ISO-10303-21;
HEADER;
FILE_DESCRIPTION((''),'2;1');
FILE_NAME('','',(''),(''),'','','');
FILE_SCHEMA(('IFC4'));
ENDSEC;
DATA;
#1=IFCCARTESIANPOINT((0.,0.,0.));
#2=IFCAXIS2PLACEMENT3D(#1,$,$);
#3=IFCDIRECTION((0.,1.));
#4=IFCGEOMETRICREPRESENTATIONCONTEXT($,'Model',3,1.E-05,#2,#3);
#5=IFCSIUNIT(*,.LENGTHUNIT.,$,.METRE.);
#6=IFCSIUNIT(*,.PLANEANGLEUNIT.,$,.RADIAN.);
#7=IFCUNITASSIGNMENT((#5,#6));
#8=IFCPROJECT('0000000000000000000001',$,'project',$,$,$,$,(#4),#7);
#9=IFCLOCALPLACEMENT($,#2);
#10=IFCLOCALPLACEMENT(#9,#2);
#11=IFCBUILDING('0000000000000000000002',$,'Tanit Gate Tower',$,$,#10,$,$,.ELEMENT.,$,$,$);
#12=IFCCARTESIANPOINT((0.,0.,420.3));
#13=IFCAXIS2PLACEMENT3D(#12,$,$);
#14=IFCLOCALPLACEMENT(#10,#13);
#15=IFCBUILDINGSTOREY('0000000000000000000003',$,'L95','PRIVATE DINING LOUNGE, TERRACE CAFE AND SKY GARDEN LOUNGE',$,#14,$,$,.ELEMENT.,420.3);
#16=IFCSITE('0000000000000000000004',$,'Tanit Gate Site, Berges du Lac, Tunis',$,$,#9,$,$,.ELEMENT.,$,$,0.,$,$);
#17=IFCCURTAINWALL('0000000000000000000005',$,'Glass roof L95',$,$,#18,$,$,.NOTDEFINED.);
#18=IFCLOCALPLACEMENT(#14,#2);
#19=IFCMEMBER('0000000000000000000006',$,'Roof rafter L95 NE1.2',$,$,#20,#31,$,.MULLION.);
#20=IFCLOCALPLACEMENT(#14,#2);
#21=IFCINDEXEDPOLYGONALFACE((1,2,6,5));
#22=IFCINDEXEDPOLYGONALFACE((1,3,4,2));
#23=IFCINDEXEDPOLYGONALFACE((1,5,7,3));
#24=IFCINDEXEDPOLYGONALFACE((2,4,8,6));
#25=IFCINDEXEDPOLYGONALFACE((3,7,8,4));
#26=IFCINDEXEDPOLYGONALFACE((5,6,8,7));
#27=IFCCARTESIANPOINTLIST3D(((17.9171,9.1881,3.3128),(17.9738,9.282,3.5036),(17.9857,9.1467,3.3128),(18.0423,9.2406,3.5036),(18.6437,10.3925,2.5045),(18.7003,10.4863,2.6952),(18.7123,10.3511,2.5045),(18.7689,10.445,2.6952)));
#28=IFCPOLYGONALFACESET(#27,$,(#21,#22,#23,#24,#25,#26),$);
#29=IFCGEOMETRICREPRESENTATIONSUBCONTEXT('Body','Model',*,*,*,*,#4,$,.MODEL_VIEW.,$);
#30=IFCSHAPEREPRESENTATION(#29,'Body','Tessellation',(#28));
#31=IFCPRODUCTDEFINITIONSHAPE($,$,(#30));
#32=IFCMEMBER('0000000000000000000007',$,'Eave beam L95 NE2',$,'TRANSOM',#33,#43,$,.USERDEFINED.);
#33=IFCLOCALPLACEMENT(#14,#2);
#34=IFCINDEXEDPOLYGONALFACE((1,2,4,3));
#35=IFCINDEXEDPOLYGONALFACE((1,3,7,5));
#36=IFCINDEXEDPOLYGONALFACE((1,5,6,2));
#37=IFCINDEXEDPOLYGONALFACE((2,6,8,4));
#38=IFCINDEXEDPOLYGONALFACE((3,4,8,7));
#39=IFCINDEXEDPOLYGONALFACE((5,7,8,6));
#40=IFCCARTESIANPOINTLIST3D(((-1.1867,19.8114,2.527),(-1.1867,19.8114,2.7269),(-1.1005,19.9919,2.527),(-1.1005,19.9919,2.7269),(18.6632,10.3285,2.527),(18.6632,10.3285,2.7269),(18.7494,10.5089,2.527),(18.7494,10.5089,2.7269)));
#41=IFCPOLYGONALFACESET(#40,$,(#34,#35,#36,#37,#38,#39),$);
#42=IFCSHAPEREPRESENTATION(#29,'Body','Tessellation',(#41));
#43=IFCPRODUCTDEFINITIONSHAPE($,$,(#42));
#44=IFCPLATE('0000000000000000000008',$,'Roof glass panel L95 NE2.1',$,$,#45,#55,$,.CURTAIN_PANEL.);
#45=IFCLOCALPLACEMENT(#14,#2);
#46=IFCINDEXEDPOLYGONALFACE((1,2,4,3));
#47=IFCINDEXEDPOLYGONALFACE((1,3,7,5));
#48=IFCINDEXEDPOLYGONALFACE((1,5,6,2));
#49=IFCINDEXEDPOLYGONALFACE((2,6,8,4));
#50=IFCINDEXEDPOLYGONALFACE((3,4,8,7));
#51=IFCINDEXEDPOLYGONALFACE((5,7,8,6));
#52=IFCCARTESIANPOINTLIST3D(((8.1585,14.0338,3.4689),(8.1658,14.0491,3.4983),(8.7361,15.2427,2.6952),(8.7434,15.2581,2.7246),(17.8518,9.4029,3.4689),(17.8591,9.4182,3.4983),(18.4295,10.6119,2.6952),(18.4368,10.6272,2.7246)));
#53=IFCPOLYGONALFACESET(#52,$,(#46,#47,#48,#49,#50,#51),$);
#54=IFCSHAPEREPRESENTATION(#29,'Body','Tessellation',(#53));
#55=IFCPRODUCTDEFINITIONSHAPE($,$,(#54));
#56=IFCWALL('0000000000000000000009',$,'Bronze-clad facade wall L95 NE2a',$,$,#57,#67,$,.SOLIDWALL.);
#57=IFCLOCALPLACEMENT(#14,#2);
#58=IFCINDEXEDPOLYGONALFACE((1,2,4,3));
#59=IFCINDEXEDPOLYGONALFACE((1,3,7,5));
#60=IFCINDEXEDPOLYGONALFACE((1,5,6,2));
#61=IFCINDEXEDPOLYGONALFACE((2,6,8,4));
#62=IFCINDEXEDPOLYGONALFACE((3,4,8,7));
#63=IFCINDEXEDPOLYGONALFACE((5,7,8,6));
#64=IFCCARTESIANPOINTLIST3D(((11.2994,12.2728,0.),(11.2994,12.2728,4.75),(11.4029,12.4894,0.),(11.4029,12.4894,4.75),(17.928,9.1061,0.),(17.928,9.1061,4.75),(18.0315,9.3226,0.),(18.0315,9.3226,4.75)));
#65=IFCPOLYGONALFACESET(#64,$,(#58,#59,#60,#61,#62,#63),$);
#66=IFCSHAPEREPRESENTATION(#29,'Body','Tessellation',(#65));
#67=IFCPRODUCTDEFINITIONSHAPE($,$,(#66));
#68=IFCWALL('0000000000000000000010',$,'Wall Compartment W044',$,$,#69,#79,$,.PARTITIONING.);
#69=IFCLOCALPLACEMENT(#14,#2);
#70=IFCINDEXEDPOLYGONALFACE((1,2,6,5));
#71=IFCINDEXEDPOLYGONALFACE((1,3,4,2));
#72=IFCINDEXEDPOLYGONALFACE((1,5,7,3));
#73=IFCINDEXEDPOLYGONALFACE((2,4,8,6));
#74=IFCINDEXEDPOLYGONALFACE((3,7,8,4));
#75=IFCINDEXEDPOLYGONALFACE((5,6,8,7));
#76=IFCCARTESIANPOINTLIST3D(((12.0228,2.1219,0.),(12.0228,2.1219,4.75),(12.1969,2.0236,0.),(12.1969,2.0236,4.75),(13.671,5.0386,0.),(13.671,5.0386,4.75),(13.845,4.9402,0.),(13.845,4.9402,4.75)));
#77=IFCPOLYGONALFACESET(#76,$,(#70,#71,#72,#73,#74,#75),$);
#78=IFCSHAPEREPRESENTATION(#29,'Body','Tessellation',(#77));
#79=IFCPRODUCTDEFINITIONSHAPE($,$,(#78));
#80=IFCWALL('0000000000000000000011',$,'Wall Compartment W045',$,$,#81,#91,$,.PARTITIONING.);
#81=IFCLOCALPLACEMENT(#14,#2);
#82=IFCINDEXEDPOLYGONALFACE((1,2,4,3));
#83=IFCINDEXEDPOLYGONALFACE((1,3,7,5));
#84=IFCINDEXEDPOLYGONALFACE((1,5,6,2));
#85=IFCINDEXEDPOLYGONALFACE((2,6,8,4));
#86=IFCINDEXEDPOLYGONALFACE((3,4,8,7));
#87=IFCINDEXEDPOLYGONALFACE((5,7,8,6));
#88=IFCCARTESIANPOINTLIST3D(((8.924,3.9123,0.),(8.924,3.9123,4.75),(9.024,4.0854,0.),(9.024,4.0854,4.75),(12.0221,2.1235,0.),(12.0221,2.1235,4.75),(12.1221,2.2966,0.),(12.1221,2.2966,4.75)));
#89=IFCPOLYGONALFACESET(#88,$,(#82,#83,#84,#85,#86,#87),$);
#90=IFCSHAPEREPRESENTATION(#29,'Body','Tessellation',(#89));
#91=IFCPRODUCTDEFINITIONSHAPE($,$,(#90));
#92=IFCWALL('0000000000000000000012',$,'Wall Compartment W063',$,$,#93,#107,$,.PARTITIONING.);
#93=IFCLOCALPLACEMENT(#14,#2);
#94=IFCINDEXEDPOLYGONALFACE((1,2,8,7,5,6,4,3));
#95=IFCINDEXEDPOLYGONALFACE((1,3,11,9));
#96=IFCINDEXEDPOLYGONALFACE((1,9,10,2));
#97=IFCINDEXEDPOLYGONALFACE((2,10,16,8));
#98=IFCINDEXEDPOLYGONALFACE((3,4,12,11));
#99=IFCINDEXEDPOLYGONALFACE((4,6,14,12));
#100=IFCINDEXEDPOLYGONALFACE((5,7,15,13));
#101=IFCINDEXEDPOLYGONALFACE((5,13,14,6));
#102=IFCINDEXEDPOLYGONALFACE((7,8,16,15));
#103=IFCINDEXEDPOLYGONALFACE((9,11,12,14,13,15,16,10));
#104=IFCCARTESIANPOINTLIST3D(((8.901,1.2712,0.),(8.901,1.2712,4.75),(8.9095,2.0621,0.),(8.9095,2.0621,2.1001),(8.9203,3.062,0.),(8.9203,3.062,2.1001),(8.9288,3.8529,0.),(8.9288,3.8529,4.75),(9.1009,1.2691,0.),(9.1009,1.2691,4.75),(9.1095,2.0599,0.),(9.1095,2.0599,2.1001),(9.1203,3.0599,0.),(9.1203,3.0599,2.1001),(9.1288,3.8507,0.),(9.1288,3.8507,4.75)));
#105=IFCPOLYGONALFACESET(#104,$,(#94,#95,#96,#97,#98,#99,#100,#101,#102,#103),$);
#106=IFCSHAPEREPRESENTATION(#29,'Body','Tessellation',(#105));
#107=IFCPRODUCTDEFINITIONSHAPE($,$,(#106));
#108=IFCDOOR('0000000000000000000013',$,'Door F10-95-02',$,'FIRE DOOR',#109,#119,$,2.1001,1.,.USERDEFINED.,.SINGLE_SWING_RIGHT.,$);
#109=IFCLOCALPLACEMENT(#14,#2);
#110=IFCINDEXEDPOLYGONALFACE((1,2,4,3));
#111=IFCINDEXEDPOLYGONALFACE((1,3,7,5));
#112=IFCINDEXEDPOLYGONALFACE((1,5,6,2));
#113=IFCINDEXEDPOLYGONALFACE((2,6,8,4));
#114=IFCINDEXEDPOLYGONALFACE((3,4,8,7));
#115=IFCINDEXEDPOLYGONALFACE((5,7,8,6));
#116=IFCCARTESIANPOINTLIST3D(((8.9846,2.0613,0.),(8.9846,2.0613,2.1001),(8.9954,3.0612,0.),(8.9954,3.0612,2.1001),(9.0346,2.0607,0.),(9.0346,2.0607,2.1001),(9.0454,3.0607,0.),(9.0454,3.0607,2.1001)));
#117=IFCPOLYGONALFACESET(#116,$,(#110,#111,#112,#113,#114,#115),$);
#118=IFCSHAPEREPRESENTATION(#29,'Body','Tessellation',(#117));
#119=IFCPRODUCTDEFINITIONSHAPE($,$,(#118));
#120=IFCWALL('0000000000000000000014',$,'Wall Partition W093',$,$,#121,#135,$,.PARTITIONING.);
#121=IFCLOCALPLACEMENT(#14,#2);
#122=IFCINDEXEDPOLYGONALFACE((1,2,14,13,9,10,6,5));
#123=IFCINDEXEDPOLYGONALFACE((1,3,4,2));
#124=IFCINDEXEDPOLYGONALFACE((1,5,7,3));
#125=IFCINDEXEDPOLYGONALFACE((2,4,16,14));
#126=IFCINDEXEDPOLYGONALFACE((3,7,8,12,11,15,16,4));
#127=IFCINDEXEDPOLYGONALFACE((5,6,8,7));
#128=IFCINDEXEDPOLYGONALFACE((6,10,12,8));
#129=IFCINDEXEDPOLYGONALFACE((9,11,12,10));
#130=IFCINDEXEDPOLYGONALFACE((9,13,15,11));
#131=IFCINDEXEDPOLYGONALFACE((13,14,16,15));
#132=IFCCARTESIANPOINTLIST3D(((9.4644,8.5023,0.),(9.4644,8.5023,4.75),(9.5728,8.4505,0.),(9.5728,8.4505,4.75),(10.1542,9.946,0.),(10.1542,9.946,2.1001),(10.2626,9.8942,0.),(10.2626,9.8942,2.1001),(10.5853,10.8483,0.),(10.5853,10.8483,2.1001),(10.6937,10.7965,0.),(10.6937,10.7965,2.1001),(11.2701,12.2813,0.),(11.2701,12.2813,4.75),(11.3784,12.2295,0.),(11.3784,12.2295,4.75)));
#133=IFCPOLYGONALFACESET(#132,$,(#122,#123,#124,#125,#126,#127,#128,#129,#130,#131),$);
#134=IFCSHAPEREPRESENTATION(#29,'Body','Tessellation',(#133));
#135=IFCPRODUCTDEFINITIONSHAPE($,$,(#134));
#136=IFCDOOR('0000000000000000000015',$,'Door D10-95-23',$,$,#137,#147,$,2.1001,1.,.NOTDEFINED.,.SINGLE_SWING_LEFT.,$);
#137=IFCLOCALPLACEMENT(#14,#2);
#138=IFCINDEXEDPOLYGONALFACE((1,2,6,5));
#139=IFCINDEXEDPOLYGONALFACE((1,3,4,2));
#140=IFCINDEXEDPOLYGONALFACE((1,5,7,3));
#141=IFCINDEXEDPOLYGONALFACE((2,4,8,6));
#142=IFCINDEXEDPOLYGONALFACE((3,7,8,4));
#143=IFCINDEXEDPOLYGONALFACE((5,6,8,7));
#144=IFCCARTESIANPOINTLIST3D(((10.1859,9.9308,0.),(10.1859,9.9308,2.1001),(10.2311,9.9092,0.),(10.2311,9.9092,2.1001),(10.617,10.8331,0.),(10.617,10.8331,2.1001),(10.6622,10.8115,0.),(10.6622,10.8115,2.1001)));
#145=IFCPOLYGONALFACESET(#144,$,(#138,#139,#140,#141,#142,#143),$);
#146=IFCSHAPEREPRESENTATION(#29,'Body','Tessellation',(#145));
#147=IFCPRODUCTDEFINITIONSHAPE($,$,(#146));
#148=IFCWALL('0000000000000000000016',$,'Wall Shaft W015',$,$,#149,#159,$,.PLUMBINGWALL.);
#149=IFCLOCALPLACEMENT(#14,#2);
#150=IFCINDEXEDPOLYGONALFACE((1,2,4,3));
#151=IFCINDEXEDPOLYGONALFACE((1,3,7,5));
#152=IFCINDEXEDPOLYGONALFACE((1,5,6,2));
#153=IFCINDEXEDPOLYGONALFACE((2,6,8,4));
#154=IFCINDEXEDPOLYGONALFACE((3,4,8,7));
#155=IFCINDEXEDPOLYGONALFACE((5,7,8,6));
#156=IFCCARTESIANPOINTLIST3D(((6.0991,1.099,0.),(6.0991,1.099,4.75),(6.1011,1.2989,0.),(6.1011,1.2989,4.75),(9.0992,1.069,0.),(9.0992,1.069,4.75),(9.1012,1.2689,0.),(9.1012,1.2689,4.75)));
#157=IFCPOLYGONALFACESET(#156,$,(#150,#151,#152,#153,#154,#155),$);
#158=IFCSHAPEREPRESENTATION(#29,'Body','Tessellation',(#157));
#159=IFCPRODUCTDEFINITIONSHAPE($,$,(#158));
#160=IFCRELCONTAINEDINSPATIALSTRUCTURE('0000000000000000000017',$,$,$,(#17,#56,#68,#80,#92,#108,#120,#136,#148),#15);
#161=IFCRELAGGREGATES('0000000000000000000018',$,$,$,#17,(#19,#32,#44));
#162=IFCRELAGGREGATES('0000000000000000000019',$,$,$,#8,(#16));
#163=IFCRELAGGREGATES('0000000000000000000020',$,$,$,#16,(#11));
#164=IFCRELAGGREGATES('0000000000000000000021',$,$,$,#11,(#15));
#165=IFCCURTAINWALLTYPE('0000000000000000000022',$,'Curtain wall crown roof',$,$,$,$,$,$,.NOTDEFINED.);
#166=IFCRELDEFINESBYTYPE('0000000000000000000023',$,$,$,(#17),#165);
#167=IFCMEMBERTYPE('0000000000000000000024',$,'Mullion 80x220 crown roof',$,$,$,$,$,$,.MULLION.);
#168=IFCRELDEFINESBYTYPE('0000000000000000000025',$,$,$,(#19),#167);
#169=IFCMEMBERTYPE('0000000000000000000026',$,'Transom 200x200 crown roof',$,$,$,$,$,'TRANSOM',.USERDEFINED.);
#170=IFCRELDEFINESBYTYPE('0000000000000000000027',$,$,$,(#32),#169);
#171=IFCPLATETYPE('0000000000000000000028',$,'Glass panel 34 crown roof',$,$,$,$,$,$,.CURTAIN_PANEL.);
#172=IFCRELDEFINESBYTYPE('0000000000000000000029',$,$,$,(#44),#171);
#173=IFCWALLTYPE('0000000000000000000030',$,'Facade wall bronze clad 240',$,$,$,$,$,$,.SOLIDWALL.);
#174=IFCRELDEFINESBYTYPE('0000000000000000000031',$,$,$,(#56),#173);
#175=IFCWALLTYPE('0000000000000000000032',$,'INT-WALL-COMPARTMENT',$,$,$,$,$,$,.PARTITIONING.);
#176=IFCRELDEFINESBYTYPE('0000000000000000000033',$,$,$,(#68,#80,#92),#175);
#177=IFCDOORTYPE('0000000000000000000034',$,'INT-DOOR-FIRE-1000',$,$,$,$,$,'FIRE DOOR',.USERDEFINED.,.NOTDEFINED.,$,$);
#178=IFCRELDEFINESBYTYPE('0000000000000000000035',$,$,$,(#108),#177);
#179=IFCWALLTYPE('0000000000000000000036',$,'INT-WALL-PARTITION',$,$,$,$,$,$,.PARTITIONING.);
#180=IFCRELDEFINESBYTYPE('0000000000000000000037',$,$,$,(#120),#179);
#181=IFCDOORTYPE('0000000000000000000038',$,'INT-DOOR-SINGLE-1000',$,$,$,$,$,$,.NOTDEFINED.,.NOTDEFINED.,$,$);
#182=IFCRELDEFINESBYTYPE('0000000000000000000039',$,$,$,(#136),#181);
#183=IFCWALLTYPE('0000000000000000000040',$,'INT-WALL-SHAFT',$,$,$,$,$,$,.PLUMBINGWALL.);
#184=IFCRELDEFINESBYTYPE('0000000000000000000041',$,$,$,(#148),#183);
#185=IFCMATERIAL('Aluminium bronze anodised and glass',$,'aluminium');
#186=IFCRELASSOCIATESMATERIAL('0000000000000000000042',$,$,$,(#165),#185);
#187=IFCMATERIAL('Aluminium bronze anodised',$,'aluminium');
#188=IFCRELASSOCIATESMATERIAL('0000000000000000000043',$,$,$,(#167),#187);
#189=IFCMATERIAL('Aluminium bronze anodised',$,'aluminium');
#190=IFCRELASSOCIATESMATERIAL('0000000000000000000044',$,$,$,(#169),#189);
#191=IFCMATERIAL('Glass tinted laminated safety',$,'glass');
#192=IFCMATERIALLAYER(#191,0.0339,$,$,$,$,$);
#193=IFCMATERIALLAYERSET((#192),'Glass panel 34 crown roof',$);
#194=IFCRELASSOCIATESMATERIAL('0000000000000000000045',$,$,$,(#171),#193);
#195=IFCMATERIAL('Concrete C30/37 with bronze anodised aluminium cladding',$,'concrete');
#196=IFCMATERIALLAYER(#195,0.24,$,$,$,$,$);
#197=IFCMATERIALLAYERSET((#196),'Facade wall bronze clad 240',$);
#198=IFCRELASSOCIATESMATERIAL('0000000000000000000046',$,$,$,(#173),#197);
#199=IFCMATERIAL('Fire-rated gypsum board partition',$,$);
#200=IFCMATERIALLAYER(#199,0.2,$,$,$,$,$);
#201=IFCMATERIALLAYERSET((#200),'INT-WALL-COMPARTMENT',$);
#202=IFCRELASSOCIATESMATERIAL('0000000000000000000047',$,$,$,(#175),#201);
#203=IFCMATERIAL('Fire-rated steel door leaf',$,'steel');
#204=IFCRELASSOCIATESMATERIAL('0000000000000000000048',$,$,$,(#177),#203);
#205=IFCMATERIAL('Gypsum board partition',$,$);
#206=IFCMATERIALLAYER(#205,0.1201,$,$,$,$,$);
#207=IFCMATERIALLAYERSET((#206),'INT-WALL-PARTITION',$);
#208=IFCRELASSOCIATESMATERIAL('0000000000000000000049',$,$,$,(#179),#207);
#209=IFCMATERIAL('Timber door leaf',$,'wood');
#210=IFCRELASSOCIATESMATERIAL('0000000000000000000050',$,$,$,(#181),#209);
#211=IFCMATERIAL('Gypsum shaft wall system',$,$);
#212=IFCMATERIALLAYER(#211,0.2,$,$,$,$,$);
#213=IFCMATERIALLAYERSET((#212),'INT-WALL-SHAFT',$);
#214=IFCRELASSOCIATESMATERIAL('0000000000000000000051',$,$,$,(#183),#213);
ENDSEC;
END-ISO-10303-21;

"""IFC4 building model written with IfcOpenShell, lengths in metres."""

from ifc_helpers import new_model, si_unit, direction, frame, frame_2d, origin, origin_2d, place, context, subcontext, project, spatial, polyline, rectangle, outline, extrude, material, layer, layer_set, material_profile, profile_set, type_object, element, fill, aggregate, save


model = new_model("IFC4")

# Units and contexts
model_context = context("Model", 3, precision=1e-05, world=origin(), true_north=direction((0.0, 1.0)))
body_context = subcontext(model_context, "Body", "Model", "MODEL_VIEW")
ifc_project = project(units=[si_unit("LENGTHUNIT", "METRE"), si_unit("PLANEANGLEUNIT", "RADIAN")], contexts=[model_context])

# Site, building, storey
site_placement = place(None, origin())
site = spatial("IfcSite", under=ifc_project, at=site_placement, Name="Tanit Gate Site, Berges du Lac, Tunis", CompositionType="ELEMENT", RefElevation=0.0)
building_placement = place(site_placement, origin())
building = spatial("IfcBuilding", under=site, at=building_placement, Name="Tanit Gate Tower", CompositionType="ELEMENT")
storey_placement = place(building_placement, frame((0.0, 0.0, 420.3)))
storey = spatial("IfcBuildingStorey", under=building, at=storey_placement, Name="L95", Description="PRIVATE DINING LOUNGE, TERRACE CAFE AND SKY GARDEN LOUNGE", CompositionType="ELEMENT", Elevation=420.3)

# Curtain wall, members, plate
ifc_material_1 = material(Name="Aluminium bronze anodised and glass", Category="aluminium")
curtain_wall_type = type_object("IfcCurtainWallType", Name="Curtain wall crown roof", PredefinedType="NOTDEFINED", material=ifc_material_1)
curtain_wall_placement = place(storey_placement, origin())
curtain_wall = element("IfcCurtainWall", 1, at=curtain_wall_placement, inside=storey, type_object=curtain_wall_type, Name="Glass roof L95", PredefinedType="NOTDEFINED")
ifc_material_2 = material(Name="Aluminium bronze anodised", Category="aluminium")
ifc_material_profile_1 = material_profile(ifc_material_2, rectangle(XDim=0.0801, YDim=0.22, at=origin_2d()), Name="80x220 bronze rafter")
ifc_profile_set_1 = profile_set([ifc_material_profile_1], Name="Aluminium bronze anodised")
member_type_1 = type_object("IfcMemberType", Name="Mullion 80x220 crown roof", PredefinedType="MULLION", material=ifc_profile_set_1)
member_1_placement = place(storey_placement, frame((17.9797, 9.2144, 3.4082), z_axis=(0.447867, 0.742382, -0.498282), x_axis=(-0.85625, 0.516562, 0.0)))
member_1 = element("IfcMember", 2, at=member_1_placement, type_object=member_type_1, Name="Roof rafter L95 NE1.2", PredefinedType="MULLION", context=body_context, shape_type="SweptSolid", body=[
    extrude(rectangle(XDim=0.0801, YDim=0.22, at=origin_2d()), origin(), (0.0, 0.0, 1.0), 1.6223),
])
ifc_material_3 = material(Name="Aluminium bronze anodised", Category="aluminium")
ifc_material_profile_2 = material_profile(ifc_material_3, rectangle(XDim=0.2, YDim=0.2, at=origin_2d()), Name="200x200 bronze transom")
ifc_profile_set_2 = profile_set([ifc_material_profile_2], Name="Aluminium bronze anodised")
member_type_2 = type_object("IfcMemberType", Name="Transom 200x200 crown roof", ElementType="TRANSOM", PredefinedType="USERDEFINED", material=ifc_profile_set_2)
member_2_placement = place(storey_placement, frame((18.7063, 10.4187, 2.627), z_axis=(-0.90232, 0.431067, 0.0), x_axis=(-0.431067, -0.90232, 0.0)))
member_2 = element("IfcMember", 3, at=member_2_placement, type_object=member_type_2, Name="Eave beam L95 NE2", ObjectType="TRANSOM", PredefinedType="USERDEFINED", context=body_context, shape_type="SweptSolid", body=[
    extrude(rectangle(XDim=0.2, YDim=0.2, at=origin_2d()), origin(), (0.0, 0.0, 1.0), 21.9988),
])
ifc_material_4 = material(Name="Glass tinted laminated safety", Category="glass")
ifc_layer_1 = layer(ifc_material_4, 0.0339)
ifc_layer_set_1 = layer_set([ifc_layer_1], Name="Glass panel 34 crown roof")
plate_type = type_object("IfcPlateType", Name="Glass panel 34 crown roof", PredefinedType="CURTAIN_PANEL", material=ifc_layer_set_1)
plate_placement = place(storey_placement, frame((17.8591, 9.4182, 3.4983), z_axis=(0.215555, 0.451201, 0.865999), x_axis=(-0.902319, 0.431069, 0.0)))
plate = element("IfcPlate", 4, at=plate_placement, type_object=plate_type, Name="Roof glass panel L95 NE2.1", PredefinedType="CURTAIN_PANEL", context=body_context, shape_type="SweptSolid", body=[
    extrude(outline(polyline([(0.0, 0.0), (10.7427, 0.0), (10.7427, -1.5472), (-0.0001, -1.5472), (0.0, 0.0)])), origin(), (0.0, 0.0, -1.0), 0.0339),
])
aggregate(curtain_wall, [member_1, member_2, plate])

# Walls
ifc_material_5 = material(Name="Concrete C30/37 with bronze anodised aluminium cladding", Category="concrete")
ifc_layer_2 = layer(ifc_material_5, 0.24)
ifc_layer_set_2 = layer_set([ifc_layer_2], Name="Facade wall bronze clad 240")
wall_type_1 = type_object("IfcWallType", Name="Facade wall bronze clad 240", PredefinedType="SOLIDWALL", material=ifc_layer_set_2)
wall_1_placement = place(storey_placement, frame((17.9797, 9.2144, 0.0), z_axis=(0.0, 0.0, 1.0), x_axis=(-0.902319, 0.43107, 0.0)))
element("IfcWall", 5, at=wall_1_placement, inside=storey, type_object=wall_type_1, Name="Bronze-clad facade wall L95 NE2a", PredefinedType="SOLIDWALL", context=body_context, shape_type="SweptSolid", body=[
    extrude(rectangle(XDim=7.3462, YDim=0.24, at=frame_2d((3.6731, 0.0))), origin(), (0.0, 0.0, 1.0), 4.75),
])
ifc_material_6 = material(Name="Fire-rated gypsum board partition")
ifc_layer_3 = layer(ifc_material_6, 0.2)
ifc_layer_set_3 = layer_set([ifc_layer_3], Name="INT-WALL-COMPARTMENT")
wall_type_2 = type_object("IfcWallType", Name="INT-WALL-COMPARTMENT", PredefinedType="PARTITIONING", material=ifc_layer_set_3)
wall_2_placement = place(storey_placement, frame((12.1099, 2.0728, 0.0), z_axis=(0.0, 0.0, 1.0), x_axis=(0.491966, 0.870614, 0.0)))
element("IfcWall", 6, at=wall_2_placement, inside=storey, type_object=wall_type_2, Name="Wall Compartment W044", PredefinedType="PARTITIONING", context=body_context, shape_type="SweptSolid", body=[
    extrude(rectangle(XDim=3.3501, YDim=0.2, at=frame_2d((1.675, 0.0))), origin(), (0.0, 0.0, 1.0), 4.75),
])
wall_3_placement = place(storey_placement, frame((8.9741, 3.9988, 0.0), z_axis=(0.0, 0.0, 1.0), x_axis=(0.866013, -0.500022, 0.0)))
element("IfcWall", 7, at=wall_3_placement, inside=storey, type_object=wall_type_2, Name="Wall Compartment W045", PredefinedType="PARTITIONING", context=body_context, shape_type="SweptSolid", body=[
    extrude(rectangle(XDim=3.5774, YDim=0.2, at=frame_2d((1.7886, 0.0))), origin(), (0.0, 0.0, 1.0), 4.75),
])

# Walls, openings, doors
wall_4_placement = place(storey_placement, frame((9.001, 1.27, 0.0), z_axis=(0.0, 0.0, 1.0), x_axis=(0.010781, 0.999942, 0.0)))
wall_4 = element("IfcWall", 8, at=wall_4_placement, inside=storey, type_object=wall_type_2, Name="Wall Compartment W063", PredefinedType="PARTITIONING", context=body_context, shape_type="SweptSolid", body=[
    extrude(rectangle(XDim=2.5818, YDim=0.2, at=frame_2d((1.291, 0.0))), origin(), (0.0, 0.0, 1.0), 4.75),
])
opening_1_placement = place(wall_4_placement, frame((0.791, 0.0, 0.0)))
opening_1 = element("IfcOpeningElement", 9, at=opening_1_placement, cuts=wall_4, PredefinedType="OPENING", context=body_context, shape_type="SweptSolid", body=[
    extrude(rectangle(XDim=1.0, YDim=2.1001, at=frame_2d((0.5, 1.05))), frame((0.0, 0.1099, 0.0), z_axis=(0.0, -1.0, 0.0), x_axis=(1.0, 0.0, 0.0)), (0.0, 0.0, 1.0), 0.22),
])
ifc_material_7 = material(Name="Fire-rated steel door leaf", Category="steel")
door_type_1 = type_object("IfcDoorType", Name="INT-DOOR-FIRE-1000", ElementType="FIRE DOOR", OperationType="NOTDEFINED", PredefinedType="USERDEFINED", material=ifc_material_7)
door_1_placement = place(opening_1_placement, origin())
door_1 = element("IfcDoor", 10, at=door_1_placement, inside=storey, type_object=door_type_1, Name="Door F10-95-02", ObjectType="FIRE DOOR", OperationType="SINGLE_SWING_RIGHT", OverallHeight=2.1001, OverallWidth=1.0, PredefinedType="USERDEFINED", context=body_context, shape_type="SweptSolid", body=[
    extrude(rectangle(XDim=1.0, YDim=2.1001, at=frame_2d((0.5, 1.05))), frame((0.0, 0.0249, 0.0), z_axis=(0.0, -1.0, 0.0), x_axis=(1.0, 0.0, 0.0)), (0.0, 0.0, 1.0), 0.05),
])
fill(opening_1, door_1)
ifc_material_8 = material(Name="Gypsum board partition")
ifc_layer_4 = layer(ifc_material_8, 0.1201)
ifc_layer_set_4 = layer_set([ifc_layer_4], Name="INT-WALL-PARTITION")
wall_type_3 = type_object("IfcWallType", Name="INT-WALL-PARTITION", PredefinedType="PARTITIONING", material=ifc_layer_set_4)
wall_5_placement = place(storey_placement, frame((9.5186, 8.4763, 0.0), z_axis=(0.0, 0.0, 1.0), x_axis=(0.431123, 0.902293, 0.0)))
wall_5 = element("IfcWall", 11, at=wall_5_placement, inside=storey, type_object=wall_type_3, Name="Wall Partition W093", PredefinedType="PARTITIONING", context=body_context, shape_type="SweptSolid", body=[
    extrude(rectangle(XDim=4.1882, YDim=0.1201, at=frame_2d((2.0942, 0.0))), origin(), (0.0, 0.0, 1.0), 4.75),
])
opening_2_placement = place(wall_5_placement, frame((1.6001, 0.0, 0.0)))
opening_2 = element("IfcOpeningElement", 12, at=opening_2_placement, cuts=wall_5, PredefinedType="OPENING", context=body_context, shape_type="SweptSolid", body=[
    extrude(rectangle(XDim=1.0, YDim=2.1001, at=frame_2d((0.5, 1.05))), frame((0.0, 0.0701, 0.0), z_axis=(0.0, -1.0, 0.0), x_axis=(1.0, 0.0, 0.0)), (0.0, 0.0, 1.0), 0.1401),
])
ifc_material_9 = material(Name="Timber door leaf", Category="wood")
door_type_2 = type_object("IfcDoorType", Name="INT-DOOR-SINGLE-1000", OperationType="NOTDEFINED", PredefinedType="NOTDEFINED", material=ifc_material_9)
door_2_placement = place(opening_2_placement, origin())
door_2 = element("IfcDoor", 13, at=door_2_placement, inside=storey, type_object=door_type_2, Name="Door D10-95-23", OperationType="SINGLE_SWING_LEFT", OverallHeight=2.1001, OverallWidth=1.0, PredefinedType="NOTDEFINED", context=body_context, shape_type="SweptSolid", body=[
    extrude(rectangle(XDim=1.0, YDim=2.1001, at=frame_2d((0.5, 1.05))), frame((0.0, 0.0249, 0.0), z_axis=(0.0, -1.0, 0.0), x_axis=(1.0, 0.0, 0.0)), (0.0, 0.0, 1.0), 0.05),
])
fill(opening_2, door_2)
ifc_material_10 = material(Name="Gypsum shaft wall system")
ifc_layer_5 = layer(ifc_material_10, 0.2)
ifc_layer_set_5 = layer_set([ifc_layer_5], Name="INT-WALL-SHAFT")
wall_type_4 = type_object("IfcWallType", Name="INT-WALL-SHAFT", PredefinedType="PLUMBINGWALL", material=ifc_layer_set_5)

# Wall
wall_6_placement = place(storey_placement, frame((9.1001, 1.1689, 0.0), z_axis=(0.0, 0.0, 1.0), x_axis=(-0.99995, 0.010009, 0.0)))
element("IfcWall", 14, at=wall_6_placement, inside=storey, type_object=wall_type_4, Name="Wall Shaft W015", PredefinedType="PLUMBINGWALL", context=body_context, shape_type="SweptSolid", body=[
    extrude(rectangle(XDim=3.0002, YDim=0.2, at=frame_2d((1.5, 0.0))), origin(), (0.0, 0.0, 1.0), 4.75),
])

save(model, "model.ifc")
